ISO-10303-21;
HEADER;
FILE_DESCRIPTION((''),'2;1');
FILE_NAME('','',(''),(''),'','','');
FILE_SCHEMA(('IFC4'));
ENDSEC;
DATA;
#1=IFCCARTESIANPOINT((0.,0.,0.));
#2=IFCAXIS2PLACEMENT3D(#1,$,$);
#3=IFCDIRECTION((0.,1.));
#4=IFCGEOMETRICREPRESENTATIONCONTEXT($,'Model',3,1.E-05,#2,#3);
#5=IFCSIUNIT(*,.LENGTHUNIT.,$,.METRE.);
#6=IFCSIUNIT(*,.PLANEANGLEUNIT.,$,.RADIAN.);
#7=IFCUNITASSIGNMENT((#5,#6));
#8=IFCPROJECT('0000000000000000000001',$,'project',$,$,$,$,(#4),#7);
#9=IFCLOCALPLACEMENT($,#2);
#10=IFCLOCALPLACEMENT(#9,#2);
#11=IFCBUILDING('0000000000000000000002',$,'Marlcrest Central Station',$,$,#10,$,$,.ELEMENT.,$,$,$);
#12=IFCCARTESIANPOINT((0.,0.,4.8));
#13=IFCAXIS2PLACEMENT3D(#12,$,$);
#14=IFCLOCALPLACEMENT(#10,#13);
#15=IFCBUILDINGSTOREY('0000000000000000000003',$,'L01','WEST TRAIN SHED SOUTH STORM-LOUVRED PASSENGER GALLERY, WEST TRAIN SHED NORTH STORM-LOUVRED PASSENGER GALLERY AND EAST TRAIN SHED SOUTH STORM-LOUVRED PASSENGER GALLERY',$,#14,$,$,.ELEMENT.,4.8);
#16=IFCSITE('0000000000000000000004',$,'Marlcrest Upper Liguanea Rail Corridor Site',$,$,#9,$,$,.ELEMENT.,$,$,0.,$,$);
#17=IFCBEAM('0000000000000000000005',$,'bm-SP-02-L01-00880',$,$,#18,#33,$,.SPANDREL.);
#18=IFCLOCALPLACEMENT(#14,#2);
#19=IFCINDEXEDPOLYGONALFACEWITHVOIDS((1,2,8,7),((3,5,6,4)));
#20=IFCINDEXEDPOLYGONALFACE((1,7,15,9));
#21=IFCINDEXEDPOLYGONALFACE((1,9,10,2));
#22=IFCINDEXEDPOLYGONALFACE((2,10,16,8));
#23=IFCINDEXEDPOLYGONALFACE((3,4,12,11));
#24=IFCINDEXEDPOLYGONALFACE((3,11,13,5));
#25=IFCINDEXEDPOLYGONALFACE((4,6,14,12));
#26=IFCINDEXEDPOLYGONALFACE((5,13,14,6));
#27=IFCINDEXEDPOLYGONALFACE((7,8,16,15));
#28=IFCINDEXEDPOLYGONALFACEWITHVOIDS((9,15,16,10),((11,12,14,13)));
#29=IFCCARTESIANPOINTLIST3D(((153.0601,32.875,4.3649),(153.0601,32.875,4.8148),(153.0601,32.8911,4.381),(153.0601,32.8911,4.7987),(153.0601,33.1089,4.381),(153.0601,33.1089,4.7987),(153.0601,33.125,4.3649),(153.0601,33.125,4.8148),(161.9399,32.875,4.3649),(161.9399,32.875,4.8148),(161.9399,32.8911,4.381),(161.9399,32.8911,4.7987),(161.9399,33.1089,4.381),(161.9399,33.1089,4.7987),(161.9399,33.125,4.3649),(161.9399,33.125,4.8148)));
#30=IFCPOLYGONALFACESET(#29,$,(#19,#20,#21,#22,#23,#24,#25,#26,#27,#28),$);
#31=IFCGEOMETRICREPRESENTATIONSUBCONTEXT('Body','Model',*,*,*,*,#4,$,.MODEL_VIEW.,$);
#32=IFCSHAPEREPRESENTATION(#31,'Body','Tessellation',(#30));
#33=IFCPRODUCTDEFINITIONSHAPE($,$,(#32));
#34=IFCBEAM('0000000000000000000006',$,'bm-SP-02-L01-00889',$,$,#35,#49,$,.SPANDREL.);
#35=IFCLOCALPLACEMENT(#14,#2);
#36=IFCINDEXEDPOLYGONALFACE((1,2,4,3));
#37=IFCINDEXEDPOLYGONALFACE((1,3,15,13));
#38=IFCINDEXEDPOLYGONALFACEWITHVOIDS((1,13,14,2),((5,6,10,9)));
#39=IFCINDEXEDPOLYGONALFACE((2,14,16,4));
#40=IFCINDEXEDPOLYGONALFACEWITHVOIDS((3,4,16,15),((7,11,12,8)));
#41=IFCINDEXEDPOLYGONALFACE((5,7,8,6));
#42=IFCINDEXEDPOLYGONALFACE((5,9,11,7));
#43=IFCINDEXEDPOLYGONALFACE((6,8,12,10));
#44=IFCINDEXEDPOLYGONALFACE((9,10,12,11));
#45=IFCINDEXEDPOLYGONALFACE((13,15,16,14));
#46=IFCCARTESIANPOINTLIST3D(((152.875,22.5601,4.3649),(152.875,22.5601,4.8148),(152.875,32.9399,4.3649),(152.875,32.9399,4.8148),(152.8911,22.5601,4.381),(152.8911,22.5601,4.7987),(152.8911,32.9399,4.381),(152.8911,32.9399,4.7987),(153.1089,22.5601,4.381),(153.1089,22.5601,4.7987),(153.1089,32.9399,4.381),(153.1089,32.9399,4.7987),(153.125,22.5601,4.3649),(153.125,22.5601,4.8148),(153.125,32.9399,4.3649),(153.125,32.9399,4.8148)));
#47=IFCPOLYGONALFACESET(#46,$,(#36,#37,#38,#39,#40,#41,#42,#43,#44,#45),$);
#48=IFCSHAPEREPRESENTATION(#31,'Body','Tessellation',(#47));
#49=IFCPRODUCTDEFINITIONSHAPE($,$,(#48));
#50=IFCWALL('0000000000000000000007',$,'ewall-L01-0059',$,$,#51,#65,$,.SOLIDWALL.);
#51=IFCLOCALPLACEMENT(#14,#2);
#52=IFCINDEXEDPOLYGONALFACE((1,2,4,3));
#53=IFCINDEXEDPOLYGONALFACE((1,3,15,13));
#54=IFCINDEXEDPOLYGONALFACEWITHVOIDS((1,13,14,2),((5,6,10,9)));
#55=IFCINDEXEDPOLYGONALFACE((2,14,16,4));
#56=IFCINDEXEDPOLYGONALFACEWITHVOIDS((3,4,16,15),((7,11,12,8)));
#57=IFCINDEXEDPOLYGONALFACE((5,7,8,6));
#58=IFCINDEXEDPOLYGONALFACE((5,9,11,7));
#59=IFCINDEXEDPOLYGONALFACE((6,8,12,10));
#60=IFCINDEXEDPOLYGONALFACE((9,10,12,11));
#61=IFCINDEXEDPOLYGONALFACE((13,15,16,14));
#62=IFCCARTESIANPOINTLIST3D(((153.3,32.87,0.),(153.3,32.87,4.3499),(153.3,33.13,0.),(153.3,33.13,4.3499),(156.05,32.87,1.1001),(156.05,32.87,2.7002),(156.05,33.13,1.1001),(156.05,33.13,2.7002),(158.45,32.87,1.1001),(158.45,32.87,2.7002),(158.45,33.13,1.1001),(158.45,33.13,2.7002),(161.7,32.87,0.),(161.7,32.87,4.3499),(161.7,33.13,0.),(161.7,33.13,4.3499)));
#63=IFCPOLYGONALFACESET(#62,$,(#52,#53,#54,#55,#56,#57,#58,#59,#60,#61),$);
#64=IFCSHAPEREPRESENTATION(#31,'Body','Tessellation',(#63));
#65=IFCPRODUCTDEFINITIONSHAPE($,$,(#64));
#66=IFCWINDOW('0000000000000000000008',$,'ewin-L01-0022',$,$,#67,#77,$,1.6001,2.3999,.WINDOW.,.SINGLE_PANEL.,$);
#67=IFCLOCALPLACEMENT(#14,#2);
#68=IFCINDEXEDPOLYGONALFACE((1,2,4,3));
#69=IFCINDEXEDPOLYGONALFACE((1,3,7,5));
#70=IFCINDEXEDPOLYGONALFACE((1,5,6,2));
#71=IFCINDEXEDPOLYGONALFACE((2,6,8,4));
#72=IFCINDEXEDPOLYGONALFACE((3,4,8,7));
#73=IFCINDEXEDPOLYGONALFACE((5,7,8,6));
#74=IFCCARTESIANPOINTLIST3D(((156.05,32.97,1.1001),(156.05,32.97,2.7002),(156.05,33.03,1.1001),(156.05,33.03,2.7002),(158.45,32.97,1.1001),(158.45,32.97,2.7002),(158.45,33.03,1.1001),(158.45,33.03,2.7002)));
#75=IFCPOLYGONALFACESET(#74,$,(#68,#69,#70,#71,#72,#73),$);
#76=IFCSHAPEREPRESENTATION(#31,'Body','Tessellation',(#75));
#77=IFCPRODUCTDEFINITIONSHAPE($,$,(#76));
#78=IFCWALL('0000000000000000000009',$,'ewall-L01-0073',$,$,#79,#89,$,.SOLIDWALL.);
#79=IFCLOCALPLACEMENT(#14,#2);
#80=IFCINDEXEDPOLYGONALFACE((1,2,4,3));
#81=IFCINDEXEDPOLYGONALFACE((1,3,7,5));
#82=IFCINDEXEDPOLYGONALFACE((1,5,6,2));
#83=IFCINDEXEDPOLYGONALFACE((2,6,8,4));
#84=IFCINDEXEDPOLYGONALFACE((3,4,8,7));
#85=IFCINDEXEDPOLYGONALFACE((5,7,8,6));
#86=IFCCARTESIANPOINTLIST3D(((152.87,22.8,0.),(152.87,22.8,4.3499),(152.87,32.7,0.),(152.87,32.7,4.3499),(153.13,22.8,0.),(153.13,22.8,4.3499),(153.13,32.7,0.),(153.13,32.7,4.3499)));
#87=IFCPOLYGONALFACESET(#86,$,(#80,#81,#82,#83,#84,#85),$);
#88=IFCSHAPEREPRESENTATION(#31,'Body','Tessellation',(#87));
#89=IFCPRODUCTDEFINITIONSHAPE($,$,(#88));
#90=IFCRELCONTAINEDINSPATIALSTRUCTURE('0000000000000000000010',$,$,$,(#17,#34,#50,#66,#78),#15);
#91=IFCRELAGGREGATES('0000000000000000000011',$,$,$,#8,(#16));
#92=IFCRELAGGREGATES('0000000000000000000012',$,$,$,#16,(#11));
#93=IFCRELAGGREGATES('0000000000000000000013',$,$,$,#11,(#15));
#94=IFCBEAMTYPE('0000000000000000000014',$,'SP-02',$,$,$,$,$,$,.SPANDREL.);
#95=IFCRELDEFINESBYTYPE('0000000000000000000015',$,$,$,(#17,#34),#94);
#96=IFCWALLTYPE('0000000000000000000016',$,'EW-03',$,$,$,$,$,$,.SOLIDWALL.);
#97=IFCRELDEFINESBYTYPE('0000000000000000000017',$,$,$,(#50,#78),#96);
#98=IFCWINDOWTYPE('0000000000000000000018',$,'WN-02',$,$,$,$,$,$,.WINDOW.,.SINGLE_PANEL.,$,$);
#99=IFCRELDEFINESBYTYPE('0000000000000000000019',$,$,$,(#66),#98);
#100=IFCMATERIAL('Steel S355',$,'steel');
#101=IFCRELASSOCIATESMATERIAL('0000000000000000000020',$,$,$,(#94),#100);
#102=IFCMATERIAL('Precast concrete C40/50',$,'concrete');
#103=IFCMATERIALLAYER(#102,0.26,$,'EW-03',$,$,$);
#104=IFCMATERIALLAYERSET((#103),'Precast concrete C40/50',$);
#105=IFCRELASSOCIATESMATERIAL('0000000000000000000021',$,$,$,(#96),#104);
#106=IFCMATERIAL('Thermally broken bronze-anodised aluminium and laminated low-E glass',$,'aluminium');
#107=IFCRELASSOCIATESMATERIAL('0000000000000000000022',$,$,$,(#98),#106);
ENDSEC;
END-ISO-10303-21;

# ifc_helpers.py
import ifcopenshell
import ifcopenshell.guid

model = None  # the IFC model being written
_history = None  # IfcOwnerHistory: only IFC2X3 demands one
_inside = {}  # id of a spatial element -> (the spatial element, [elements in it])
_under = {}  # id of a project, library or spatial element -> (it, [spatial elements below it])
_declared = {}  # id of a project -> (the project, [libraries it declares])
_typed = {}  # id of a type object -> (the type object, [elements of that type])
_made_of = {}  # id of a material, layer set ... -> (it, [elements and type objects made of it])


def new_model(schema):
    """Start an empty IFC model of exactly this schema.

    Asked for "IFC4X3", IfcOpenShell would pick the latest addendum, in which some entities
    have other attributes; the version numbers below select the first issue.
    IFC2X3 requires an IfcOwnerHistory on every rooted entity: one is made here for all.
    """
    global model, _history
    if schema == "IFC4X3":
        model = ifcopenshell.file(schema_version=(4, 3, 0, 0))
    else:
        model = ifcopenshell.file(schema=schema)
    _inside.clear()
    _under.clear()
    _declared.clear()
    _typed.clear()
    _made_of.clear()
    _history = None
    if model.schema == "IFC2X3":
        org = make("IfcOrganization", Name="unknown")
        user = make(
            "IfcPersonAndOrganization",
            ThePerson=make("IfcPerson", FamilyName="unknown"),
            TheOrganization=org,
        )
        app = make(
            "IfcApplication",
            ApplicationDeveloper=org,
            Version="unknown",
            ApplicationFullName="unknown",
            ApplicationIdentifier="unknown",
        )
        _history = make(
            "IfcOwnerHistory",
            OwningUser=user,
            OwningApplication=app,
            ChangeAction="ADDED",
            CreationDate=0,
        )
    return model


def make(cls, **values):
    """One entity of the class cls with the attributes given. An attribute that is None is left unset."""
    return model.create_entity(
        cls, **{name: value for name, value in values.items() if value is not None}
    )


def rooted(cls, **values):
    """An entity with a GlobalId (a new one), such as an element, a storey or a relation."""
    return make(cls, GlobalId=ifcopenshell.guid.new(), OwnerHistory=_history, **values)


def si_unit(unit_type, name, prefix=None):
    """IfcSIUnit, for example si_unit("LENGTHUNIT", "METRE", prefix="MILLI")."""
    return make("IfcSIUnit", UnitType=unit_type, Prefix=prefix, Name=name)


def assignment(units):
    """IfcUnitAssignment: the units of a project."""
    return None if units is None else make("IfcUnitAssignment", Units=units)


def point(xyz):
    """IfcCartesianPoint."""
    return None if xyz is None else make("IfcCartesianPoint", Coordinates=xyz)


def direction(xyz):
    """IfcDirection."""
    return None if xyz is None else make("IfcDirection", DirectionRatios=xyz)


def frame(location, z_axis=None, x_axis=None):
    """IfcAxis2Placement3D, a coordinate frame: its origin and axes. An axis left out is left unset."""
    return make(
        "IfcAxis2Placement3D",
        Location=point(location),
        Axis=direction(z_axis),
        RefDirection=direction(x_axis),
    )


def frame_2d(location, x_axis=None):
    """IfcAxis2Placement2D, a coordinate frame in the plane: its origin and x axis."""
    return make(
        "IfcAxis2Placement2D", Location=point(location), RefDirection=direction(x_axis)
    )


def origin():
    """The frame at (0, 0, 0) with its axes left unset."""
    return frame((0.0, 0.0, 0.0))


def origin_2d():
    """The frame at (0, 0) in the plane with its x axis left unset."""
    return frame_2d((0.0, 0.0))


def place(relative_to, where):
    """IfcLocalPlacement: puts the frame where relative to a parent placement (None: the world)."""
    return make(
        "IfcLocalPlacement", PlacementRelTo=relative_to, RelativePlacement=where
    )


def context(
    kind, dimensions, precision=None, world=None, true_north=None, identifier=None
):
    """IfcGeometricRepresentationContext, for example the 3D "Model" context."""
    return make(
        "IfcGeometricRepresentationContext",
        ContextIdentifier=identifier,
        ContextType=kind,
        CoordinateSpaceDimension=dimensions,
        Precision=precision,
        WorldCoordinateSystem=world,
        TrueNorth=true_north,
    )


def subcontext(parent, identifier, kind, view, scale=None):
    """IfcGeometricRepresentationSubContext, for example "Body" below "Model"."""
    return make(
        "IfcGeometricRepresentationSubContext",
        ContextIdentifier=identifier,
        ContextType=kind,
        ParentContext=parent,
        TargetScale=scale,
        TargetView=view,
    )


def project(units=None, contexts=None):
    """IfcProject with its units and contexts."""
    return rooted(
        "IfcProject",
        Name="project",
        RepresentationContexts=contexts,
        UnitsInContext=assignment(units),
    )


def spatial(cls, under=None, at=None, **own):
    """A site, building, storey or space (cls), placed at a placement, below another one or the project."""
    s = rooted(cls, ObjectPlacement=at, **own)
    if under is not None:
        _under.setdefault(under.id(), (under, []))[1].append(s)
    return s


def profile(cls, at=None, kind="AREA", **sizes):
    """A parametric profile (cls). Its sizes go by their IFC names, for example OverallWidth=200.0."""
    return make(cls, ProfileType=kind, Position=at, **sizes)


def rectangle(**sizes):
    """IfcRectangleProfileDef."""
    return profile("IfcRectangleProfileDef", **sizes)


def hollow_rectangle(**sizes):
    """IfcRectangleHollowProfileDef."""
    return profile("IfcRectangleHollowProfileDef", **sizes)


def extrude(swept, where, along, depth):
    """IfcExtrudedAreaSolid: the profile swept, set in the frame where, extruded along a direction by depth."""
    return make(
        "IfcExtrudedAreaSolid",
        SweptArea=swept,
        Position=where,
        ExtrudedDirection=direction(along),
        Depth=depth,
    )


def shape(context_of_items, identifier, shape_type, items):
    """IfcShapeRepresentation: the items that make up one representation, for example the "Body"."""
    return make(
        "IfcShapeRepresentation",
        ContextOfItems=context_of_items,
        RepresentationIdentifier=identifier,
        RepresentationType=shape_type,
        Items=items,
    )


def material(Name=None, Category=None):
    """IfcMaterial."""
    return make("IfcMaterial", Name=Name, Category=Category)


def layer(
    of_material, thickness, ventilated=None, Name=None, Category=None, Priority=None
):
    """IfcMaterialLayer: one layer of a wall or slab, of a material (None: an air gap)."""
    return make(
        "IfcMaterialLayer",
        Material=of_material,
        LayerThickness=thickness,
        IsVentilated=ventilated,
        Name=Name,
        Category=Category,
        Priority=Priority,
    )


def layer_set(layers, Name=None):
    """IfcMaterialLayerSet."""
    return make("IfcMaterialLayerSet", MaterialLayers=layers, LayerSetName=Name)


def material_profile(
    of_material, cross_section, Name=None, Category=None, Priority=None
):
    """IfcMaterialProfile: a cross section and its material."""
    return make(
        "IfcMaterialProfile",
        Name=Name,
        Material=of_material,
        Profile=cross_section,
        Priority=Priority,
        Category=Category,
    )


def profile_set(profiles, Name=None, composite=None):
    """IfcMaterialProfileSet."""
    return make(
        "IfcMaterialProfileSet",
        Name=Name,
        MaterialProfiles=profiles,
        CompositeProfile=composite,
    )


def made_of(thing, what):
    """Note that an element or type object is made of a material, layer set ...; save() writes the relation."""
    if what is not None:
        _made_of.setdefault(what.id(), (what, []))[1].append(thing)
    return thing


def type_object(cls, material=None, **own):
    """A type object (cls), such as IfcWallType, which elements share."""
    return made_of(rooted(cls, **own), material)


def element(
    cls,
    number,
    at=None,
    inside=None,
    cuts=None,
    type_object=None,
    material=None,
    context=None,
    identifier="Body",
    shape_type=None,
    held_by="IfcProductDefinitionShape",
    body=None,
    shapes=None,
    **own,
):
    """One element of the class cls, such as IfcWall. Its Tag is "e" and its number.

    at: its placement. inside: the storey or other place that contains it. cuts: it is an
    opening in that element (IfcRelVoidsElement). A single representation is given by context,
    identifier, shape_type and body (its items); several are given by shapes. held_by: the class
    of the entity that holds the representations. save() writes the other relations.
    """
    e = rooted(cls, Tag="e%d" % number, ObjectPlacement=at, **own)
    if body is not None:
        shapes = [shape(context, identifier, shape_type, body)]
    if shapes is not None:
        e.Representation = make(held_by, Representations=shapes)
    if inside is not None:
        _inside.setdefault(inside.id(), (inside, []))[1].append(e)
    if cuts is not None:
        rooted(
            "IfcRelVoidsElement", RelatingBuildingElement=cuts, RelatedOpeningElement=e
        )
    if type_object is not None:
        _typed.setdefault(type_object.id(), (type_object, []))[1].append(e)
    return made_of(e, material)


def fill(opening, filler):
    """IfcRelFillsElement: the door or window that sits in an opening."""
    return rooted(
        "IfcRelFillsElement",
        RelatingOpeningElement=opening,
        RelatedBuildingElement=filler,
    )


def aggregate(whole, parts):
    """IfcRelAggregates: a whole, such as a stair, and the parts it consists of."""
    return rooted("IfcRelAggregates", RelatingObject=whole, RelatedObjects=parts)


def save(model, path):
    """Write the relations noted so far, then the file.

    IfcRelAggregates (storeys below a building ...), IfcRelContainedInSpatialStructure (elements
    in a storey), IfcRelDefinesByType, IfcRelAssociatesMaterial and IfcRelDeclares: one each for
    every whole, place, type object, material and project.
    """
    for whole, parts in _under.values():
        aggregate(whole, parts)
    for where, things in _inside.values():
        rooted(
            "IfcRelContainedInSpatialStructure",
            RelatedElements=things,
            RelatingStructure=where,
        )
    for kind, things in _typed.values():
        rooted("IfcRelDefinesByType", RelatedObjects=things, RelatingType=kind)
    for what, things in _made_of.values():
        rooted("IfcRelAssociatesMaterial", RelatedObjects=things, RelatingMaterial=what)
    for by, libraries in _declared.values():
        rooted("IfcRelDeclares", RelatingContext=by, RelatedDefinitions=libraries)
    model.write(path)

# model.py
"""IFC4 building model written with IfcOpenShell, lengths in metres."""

from ifc_helpers import new_model, si_unit, direction, frame, frame_2d, origin, origin_2d, place, context, subcontext, project, spatial, rectangle, hollow_rectangle, extrude, material, layer, layer_set, material_profile, profile_set, type_object, element, fill, save


model = new_model("IFC4")

# Units and contexts
model_context = context("Model", 3, precision=1e-05, world=origin(), true_north=direction((0.0, 1.0)))
body_context = subcontext(model_context, "Body", "Model", "MODEL_VIEW")
ifc_project = project(units=[si_unit("LENGTHUNIT", "METRE"), si_unit("PLANEANGLEUNIT", "RADIAN")], contexts=[model_context])

# Site, building, storey
site_placement = place(None, origin())
site = spatial("IfcSite", under=ifc_project, at=site_placement, Name="Marlcrest Upper Liguanea Rail Corridor Site", CompositionType="ELEMENT", RefElevation=0.0)
building_placement = place(site_placement, origin())
building = spatial("IfcBuilding", under=site, at=building_placement, Name="Marlcrest Central Station", CompositionType="ELEMENT")
storey_placement = place(building_placement, frame((0.0, 0.0, 4.8)))
storey = spatial("IfcBuildingStorey", under=building, at=storey_placement, Name="L01", Description="WEST TRAIN SHED SOUTH STORM-LOUVRED PASSENGER GALLERY, WEST TRAIN SHED NORTH STORM-LOUVRED PASSENGER GALLERY AND EAST TRAIN SHED SOUTH STORM-LOUVRED PASSENGER GALLERY", CompositionType="ELEMENT", Elevation=4.8)

# Shared definitions
ifc_material_1 = material(Name="Precast concrete C40/50", Category="concrete")
ifc_material_2 = material(Name="Steel S355", Category="steel")

# Beams
ifc_material_profile_1 = material_profile(ifc_material_2, hollow_rectangle(XDim=0.25, YDim=0.45, WallThickness=0.0161, at=origin_2d()), Name="RHS 450x250x16")
ifc_profile_set_1 = profile_set([ifc_material_profile_1], Name="Steel S355")
beam_type_1 = type_object("IfcBeamType", Name="SP-02", PredefinedType="SPANDREL", material=ifc_profile_set_1)
beam_1_placement = place(storey_placement, frame((153.0601, 33.0, 4.5898), z_axis=(1.0, 0.0, 0.0), x_axis=(0.0, 1.0, 0.0)))
element("IfcBeam", 1, at=beam_1_placement, inside=storey, type_object=beam_type_1, Name="bm-SP-02-L01-00880", PredefinedType="SPANDREL", context=body_context, shape_type="SweptSolid", body=[
    extrude(hollow_rectangle(XDim=0.25, YDim=0.45, WallThickness=0.0161, at=origin_2d()), origin(), (0.0, 0.0, 1.0), 8.8799),
])
beam_2_placement = place(storey_placement, frame((153.0, 22.5601, 4.5898), z_axis=(0.0, 1.0, 0.0), x_axis=(-1.0, 0.0, 0.0)))
element("IfcBeam", 2, at=beam_2_placement, inside=storey, type_object=beam_type_1, Name="bm-SP-02-L01-00889", PredefinedType="SPANDREL", context=body_context, shape_type="SweptSolid", body=[
    extrude(hollow_rectangle(XDim=0.25, YDim=0.45, WallThickness=0.0161, at=origin_2d()), origin(), (0.0, 0.0, 1.0), 10.3799),
])

# Wall, opening, window
ifc_layer = layer(ifc_material_1, 0.26, Name="EW-03")
ifc_layer_set = layer_set([ifc_layer], Name="Precast concrete C40/50")
wall_type = type_object("IfcWallType", Name="EW-03", PredefinedType="SOLIDWALL", material=ifc_layer_set)
wall_1_placement = place(storey_placement, frame((153.3, 33.0, 0.0), z_axis=(0.0, 0.0, 1.0), x_axis=(1.0, 0.0, 0.0)))
wall_1 = element("IfcWall", 3, at=wall_1_placement, inside=storey, type_object=wall_type, Name="ewall-L01-0059", PredefinedType="SOLIDWALL", context=body_context, shape_type="SweptSolid", body=[
    extrude(rectangle(XDim=8.3999, YDim=0.26, at=frame_2d((4.2, 0.0))), origin(), (0.0, 0.0, 1.0), 4.3499),
])
opening_placement = place(wall_1_placement, frame((2.75, 0.0, 1.1001)))
opening = element("IfcOpeningElement", 4, at=opening_placement, cuts=wall_1, PredefinedType="OPENING", context=body_context, shape_type="SweptSolid", body=[
    extrude(rectangle(XDim=2.3999, YDim=1.6001, at=frame_2d((1.2, 0.8))), frame((0.0, 0.1399, 0.0), z_axis=(0.0, -1.0, 0.0), x_axis=(1.0, 0.0, 0.0)), (0.0, 0.0, 1.0), 0.28),
])
ifc_material_3 = material(Name="Thermally broken bronze-anodised aluminium and laminated low-E glass", Category="aluminium")
window_type = type_object("IfcWindowType", Name="WN-02", PartitioningType="SINGLE_PANEL", PredefinedType="WINDOW", material=ifc_material_3)
window_placement = place(opening_placement, origin())
window = element("IfcWindow", 5, at=window_placement, inside=storey, type_object=window_type, Name="ewin-L01-0022", OverallHeight=1.6001, OverallWidth=2.3999, PartitioningType="SINGLE_PANEL", PredefinedType="WINDOW", context=body_context, shape_type="SweptSolid", body=[
    extrude(rectangle(XDim=2.3999, YDim=1.6001, at=frame_2d((1.2, 0.8))), frame((0.0, 0.03, 0.0), z_axis=(0.0, -1.0, 0.0), x_axis=(1.0, 0.0, 0.0)), (0.0, 0.0, 1.0), 0.0601),
])
fill(opening, window)

# Wall
wall_2_placement = place(storey_placement, frame((153.0, 22.8, 0.0), z_axis=(0.0, 0.0, 1.0), x_axis=(0.0, 1.0, 0.0)))
element("IfcWall", 6, at=wall_2_placement, inside=storey, type_object=wall_type, Name="ewall-L01-0073", PredefinedType="SOLIDWALL", context=body_context, shape_type="SweptSolid", body=[
    extrude(rectangle(XDim=9.8999, YDim=0.26, at=frame_2d((4.95, 0.0))), origin(), (0.0, 0.0, 1.0), 4.3499),
])

save(model, "model.ifc")
